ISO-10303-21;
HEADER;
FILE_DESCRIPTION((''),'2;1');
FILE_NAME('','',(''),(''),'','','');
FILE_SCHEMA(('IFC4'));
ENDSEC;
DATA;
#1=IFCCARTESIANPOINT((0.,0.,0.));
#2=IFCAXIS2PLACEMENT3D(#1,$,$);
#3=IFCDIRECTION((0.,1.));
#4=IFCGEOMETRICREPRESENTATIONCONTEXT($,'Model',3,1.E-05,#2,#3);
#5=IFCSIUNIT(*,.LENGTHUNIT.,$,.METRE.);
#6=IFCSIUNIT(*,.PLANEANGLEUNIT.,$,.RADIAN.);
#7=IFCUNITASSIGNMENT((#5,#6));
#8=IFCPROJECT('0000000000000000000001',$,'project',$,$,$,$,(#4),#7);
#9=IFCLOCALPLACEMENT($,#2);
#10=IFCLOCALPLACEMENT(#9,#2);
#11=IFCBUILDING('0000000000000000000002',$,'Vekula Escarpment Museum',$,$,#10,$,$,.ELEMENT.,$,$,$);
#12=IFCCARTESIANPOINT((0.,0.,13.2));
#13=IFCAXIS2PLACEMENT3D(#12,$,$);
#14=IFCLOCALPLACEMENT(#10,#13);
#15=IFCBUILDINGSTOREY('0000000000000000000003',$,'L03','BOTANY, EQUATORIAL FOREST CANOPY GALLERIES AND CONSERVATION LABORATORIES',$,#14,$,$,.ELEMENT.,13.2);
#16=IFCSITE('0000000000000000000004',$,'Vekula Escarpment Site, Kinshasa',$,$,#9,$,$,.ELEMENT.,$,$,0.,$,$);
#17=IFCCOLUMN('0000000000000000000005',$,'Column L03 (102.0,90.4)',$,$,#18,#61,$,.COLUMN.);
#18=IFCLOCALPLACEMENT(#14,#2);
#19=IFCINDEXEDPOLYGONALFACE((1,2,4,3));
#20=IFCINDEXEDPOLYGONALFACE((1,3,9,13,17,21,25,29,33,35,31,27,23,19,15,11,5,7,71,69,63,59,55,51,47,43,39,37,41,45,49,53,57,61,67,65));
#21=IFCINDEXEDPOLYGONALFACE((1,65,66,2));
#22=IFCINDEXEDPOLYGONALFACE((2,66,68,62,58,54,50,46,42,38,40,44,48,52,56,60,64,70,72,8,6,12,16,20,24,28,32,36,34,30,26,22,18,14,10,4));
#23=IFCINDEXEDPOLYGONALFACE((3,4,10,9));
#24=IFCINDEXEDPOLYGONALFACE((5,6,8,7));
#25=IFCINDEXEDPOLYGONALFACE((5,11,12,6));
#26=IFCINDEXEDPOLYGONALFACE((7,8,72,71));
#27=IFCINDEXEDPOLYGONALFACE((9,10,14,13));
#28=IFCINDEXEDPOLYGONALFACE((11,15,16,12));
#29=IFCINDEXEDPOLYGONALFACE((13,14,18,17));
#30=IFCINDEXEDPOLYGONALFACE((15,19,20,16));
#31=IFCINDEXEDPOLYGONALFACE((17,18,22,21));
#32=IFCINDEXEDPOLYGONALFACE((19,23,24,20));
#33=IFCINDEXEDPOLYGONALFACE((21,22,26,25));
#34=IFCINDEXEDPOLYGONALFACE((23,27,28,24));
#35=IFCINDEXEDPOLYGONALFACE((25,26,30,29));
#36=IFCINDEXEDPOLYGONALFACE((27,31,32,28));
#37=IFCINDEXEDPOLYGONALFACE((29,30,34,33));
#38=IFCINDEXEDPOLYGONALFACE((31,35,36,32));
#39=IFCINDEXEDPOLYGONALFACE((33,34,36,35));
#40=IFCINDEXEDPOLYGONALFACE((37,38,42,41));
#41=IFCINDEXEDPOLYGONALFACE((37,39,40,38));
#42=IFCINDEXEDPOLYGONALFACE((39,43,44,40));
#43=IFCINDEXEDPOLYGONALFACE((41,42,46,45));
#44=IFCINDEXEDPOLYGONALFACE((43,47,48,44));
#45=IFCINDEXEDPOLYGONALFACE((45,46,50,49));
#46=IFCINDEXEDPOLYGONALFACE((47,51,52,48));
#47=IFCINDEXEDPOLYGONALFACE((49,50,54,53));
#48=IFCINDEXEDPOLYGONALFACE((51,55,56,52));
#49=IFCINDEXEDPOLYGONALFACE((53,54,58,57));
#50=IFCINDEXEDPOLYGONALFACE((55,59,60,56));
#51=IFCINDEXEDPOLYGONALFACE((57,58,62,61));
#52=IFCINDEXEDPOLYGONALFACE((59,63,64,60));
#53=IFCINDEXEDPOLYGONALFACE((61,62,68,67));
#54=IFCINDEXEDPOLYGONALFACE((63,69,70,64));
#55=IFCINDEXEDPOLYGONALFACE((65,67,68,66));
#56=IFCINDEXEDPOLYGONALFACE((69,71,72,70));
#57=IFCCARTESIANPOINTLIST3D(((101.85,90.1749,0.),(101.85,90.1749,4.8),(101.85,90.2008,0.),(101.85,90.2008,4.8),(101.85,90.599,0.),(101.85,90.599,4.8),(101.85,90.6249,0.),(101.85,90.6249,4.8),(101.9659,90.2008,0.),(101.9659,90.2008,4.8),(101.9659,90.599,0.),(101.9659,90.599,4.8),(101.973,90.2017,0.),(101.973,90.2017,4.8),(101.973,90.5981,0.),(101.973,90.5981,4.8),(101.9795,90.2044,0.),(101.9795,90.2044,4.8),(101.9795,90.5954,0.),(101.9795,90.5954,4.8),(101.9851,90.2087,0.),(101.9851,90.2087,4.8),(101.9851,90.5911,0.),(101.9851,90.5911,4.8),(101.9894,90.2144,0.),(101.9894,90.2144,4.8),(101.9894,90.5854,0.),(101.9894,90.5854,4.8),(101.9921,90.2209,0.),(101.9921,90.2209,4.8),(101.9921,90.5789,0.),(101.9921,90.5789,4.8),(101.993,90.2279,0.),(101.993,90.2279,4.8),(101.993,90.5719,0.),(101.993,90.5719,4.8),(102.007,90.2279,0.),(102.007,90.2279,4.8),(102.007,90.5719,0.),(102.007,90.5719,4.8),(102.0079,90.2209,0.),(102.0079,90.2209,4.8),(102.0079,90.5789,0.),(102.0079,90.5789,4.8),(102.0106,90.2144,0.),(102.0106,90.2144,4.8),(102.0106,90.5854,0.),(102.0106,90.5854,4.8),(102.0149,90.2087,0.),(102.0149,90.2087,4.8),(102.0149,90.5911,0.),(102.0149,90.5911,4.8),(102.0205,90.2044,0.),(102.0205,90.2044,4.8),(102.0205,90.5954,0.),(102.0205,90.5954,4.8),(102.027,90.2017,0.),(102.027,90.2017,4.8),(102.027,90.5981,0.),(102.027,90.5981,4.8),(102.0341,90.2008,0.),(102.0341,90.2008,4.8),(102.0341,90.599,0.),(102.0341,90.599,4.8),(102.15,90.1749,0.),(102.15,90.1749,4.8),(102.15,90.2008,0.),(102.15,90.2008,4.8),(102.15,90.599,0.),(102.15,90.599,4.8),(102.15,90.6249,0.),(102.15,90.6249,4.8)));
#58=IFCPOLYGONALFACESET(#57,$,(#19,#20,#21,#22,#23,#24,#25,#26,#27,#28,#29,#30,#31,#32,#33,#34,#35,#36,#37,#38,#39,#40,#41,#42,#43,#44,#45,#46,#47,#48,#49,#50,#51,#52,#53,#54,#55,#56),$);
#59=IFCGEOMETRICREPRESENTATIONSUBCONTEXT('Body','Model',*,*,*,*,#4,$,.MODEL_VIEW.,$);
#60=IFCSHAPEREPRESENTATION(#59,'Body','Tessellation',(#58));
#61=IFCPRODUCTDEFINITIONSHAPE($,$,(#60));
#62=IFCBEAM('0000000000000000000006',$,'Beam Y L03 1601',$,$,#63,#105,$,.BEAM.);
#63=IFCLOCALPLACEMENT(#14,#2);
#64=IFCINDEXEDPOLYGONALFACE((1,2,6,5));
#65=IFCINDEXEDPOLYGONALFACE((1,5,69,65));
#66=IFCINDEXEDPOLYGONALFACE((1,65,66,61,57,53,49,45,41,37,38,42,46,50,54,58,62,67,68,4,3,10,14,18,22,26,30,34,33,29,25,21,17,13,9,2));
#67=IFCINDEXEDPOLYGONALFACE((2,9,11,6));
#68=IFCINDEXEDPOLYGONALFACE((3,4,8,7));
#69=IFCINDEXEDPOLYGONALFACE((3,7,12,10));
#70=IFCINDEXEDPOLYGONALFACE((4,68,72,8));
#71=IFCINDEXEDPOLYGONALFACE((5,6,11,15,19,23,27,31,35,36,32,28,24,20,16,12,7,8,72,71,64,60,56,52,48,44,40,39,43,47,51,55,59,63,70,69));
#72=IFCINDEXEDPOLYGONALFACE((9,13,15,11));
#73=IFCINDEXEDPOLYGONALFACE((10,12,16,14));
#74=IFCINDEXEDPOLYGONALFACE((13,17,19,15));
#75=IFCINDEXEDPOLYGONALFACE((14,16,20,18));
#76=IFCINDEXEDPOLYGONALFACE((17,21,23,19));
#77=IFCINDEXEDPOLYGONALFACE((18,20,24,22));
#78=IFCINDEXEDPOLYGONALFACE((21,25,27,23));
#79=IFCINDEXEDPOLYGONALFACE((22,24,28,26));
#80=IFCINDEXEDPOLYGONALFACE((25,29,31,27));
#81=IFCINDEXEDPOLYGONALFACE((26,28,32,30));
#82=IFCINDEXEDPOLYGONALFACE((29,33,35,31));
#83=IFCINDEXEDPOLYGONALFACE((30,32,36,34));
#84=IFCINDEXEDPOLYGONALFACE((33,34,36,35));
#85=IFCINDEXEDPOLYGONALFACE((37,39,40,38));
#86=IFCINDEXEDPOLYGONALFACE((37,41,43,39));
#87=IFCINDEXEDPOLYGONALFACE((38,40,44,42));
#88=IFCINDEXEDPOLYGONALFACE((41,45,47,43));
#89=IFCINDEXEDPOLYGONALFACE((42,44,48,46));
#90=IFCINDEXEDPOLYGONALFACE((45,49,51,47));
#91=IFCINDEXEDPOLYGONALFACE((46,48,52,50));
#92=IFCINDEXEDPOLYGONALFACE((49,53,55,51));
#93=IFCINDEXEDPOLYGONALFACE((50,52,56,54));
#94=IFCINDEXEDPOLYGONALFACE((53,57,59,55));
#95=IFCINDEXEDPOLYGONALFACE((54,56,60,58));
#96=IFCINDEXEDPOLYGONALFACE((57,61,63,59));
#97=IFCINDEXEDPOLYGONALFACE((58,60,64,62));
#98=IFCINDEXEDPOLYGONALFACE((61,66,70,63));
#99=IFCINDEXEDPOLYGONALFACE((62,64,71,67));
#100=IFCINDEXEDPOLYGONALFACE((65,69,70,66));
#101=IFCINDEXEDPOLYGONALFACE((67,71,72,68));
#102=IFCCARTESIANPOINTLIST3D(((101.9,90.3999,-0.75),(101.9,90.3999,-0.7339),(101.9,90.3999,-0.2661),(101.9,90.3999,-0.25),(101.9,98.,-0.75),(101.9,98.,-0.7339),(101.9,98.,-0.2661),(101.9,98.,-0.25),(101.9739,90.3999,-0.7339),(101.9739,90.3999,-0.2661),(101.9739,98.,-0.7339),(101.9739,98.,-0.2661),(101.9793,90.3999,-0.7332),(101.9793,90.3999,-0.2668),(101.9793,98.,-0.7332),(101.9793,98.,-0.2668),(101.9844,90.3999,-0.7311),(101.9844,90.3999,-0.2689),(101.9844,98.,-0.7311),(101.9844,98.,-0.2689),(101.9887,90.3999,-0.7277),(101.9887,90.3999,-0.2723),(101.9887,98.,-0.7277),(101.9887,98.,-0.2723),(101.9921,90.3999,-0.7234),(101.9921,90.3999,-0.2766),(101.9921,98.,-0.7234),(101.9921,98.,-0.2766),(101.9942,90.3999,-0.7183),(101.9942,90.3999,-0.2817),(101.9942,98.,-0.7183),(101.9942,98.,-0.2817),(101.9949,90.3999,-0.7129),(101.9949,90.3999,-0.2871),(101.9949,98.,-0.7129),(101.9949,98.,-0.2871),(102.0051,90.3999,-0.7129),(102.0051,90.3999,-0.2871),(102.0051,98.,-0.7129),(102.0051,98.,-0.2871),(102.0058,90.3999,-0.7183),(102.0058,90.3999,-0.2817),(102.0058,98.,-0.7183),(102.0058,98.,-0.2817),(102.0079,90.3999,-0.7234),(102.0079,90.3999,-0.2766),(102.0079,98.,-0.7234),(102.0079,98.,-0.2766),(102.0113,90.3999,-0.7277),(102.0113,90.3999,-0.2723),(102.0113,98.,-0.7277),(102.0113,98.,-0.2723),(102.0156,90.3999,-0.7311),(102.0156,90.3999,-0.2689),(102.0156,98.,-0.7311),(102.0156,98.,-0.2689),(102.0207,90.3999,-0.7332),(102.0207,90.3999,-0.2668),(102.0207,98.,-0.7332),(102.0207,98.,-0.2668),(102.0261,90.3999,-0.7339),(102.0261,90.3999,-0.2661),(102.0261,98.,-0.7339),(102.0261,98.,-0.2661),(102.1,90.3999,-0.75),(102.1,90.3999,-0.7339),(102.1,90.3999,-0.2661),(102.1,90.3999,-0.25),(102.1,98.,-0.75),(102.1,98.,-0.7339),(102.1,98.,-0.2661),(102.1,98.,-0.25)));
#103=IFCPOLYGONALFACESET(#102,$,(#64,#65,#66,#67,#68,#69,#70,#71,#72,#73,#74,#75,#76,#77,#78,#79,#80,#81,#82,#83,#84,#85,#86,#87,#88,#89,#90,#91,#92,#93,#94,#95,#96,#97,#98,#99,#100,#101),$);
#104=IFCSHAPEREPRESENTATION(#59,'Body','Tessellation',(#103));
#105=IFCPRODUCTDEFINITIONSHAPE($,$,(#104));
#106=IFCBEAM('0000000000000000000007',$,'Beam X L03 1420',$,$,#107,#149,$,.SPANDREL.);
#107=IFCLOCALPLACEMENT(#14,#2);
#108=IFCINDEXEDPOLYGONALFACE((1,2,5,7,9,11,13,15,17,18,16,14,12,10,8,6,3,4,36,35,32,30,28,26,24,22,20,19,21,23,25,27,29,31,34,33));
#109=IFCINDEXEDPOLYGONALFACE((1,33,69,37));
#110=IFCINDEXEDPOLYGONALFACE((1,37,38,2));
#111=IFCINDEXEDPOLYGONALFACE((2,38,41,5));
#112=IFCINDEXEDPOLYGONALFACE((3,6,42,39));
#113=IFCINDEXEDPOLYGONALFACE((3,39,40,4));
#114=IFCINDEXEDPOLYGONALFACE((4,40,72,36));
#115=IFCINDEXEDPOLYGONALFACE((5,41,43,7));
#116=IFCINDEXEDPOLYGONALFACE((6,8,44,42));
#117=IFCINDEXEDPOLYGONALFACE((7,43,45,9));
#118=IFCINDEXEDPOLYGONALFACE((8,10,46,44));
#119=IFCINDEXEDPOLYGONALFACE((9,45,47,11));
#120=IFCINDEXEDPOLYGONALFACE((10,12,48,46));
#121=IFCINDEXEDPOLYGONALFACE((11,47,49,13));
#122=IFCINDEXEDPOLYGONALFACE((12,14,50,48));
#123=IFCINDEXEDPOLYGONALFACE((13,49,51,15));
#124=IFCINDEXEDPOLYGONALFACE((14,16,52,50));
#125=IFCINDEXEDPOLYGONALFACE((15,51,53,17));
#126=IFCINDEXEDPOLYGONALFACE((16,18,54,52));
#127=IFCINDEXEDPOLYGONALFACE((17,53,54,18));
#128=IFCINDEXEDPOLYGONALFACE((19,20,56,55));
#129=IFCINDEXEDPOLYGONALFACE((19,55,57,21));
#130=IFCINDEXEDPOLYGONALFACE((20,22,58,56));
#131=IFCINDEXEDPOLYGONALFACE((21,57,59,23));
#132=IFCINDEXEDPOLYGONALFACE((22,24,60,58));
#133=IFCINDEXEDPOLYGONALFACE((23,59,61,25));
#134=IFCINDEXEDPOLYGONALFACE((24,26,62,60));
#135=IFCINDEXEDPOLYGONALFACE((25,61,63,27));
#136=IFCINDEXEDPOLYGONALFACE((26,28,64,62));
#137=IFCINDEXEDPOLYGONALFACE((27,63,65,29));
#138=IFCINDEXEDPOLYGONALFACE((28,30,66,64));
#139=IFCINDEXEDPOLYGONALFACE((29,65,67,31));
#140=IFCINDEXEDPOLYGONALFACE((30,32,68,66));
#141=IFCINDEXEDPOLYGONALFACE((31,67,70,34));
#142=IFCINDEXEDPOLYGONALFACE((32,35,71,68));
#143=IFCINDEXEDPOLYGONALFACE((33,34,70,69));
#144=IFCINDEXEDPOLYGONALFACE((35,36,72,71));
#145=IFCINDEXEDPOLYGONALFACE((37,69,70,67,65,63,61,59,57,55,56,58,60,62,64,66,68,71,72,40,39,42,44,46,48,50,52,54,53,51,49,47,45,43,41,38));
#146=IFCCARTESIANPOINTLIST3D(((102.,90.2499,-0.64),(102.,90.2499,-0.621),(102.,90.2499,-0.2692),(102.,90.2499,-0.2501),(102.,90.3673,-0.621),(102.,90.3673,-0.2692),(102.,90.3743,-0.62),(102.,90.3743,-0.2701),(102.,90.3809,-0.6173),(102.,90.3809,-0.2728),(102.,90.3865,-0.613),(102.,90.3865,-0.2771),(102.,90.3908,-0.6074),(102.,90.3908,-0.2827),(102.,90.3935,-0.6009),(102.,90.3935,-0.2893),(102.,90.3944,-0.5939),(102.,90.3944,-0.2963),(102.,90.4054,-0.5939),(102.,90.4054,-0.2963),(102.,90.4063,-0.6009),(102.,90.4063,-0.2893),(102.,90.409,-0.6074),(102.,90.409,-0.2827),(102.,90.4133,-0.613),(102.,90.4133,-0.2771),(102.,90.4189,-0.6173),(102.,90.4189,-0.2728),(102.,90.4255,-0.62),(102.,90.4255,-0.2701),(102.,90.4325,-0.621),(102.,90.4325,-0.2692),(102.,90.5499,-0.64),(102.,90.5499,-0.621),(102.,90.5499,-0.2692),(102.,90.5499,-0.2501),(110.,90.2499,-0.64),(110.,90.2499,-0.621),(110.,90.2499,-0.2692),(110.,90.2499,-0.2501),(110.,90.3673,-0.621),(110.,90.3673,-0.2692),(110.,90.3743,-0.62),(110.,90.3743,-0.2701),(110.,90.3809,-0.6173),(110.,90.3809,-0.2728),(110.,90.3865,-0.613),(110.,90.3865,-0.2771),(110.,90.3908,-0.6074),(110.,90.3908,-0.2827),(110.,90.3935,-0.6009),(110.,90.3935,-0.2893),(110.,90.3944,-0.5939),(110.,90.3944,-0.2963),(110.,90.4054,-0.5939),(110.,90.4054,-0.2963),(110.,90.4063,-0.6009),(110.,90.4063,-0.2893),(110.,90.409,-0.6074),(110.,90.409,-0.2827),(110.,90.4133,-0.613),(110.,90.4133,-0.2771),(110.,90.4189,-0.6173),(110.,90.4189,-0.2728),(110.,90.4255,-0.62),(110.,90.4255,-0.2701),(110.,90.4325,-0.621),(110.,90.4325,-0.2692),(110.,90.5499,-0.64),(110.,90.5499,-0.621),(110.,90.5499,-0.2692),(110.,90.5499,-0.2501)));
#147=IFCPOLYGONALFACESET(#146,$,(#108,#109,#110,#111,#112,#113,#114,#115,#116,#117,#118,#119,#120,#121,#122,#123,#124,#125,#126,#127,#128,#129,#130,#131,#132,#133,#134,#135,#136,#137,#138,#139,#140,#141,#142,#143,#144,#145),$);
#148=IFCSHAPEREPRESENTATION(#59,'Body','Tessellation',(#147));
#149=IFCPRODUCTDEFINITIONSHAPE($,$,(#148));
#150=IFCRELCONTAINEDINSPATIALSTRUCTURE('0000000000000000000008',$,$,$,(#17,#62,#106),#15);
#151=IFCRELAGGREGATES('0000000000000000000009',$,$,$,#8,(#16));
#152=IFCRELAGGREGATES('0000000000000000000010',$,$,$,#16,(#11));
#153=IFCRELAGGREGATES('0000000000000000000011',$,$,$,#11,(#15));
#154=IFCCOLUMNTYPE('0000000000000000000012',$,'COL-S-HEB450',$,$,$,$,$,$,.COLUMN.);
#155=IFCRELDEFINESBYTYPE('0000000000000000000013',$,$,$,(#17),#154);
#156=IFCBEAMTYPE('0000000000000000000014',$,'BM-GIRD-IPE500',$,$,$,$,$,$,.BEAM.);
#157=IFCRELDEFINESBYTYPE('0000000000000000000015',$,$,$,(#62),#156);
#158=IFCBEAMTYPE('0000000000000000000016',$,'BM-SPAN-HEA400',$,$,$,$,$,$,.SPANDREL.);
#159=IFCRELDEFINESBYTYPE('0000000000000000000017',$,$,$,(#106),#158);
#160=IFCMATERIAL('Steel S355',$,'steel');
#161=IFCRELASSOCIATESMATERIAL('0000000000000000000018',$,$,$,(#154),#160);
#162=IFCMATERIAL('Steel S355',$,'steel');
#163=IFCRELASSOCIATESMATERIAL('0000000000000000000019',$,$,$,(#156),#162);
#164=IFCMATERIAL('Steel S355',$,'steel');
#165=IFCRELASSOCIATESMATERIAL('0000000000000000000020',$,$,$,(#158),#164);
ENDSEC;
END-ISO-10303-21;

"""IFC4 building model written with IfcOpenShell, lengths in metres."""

from ifc_helpers import new_model, si_unit, direction, frame, origin, origin_2d, place, context, subcontext, project, spatial, i_section, extrude, material, material_profile, profile_set, type_object, element, save


model = new_model("IFC4")

# Units and contexts
model_context = context("Model", 3, precision=1e-05, world=origin(), true_north=direction((0.0, 1.0)))
body_context = subcontext(model_context, "Body", "Model", "MODEL_VIEW")
ifc_project = project(units=[si_unit("LENGTHUNIT", "METRE"), si_unit("PLANEANGLEUNIT", "RADIAN")], contexts=[model_context])

# Site, building, storey
site_placement = place(None, origin())
site = spatial("IfcSite", under=ifc_project, at=site_placement, Name="Vekula Escarpment Site, Kinshasa", CompositionType="ELEMENT", RefElevation=0.0)
building_placement = place(site_placement, origin())
building = spatial("IfcBuilding", under=site, at=building_placement, Name="Vekula Escarpment Museum", CompositionType="ELEMENT")
storey_placement = place(building_placement, frame((0.0, 0.0, 13.2)))
storey = spatial("IfcBuildingStorey", under=building, at=storey_placement, Name="L03", Description="BOTANY, EQUATORIAL FOREST CANOPY GALLERIES AND CONSERVATION LABORATORIES", CompositionType="ELEMENT", Elevation=13.2)

# Column
ifc_material_1 = material(Name="Steel S355", Category="steel")
ifc_material_profile_1 = material_profile(ifc_material_1, i_section(OverallWidth=0.3, OverallDepth=0.45, WebThickness=0.0139, FlangeThickness=0.0259, FilletRadius=0.0271, at=origin_2d()), Name="HEB 450")
ifc_profile_set_1 = profile_set([ifc_material_profile_1], Name="Steel S355")
column_type = type_object("IfcColumnType", Name="COL-S-HEB450", PredefinedType="COLUMN", material=ifc_profile_set_1)
column_placement = place(storey_placement, frame((102.0, 90.3999, 0.0), z_axis=(0.0, 0.0, 1.0), x_axis=(1.0, 0.0, 0.0)))
element("IfcColumn", 1, at=column_placement, inside=storey, type_object=column_type, Name="Column L03 (102.0,90.4)", PredefinedType="COLUMN", context=body_context, shape_type="SweptSolid", body=[
    extrude(i_section(OverallWidth=0.3, OverallDepth=0.45, WebThickness=0.0139, FlangeThickness=0.0259, FilletRadius=0.0271, at=origin_2d()), origin(), (0.0, 0.0, 1.0), 4.8),
])

# Beams
ifc_material_2 = material(Name="Steel S355", Category="steel")
ifc_material_profile_2 = material_profile(ifc_material_2, i_section(OverallWidth=0.2, OverallDepth=0.5, WebThickness=0.0103, FlangeThickness=0.0161, FilletRadius=0.021, at=origin_2d()), Name="IPE 500")
ifc_profile_set_2 = profile_set([ifc_material_profile_2], Name="Steel S355")
beam_type_1 = type_object("IfcBeamType", Name="BM-GIRD-IPE500", PredefinedType="BEAM", material=ifc_profile_set_2)
beam_1_placement = place(storey_placement, frame((102.0, 90.3999, -0.5), z_axis=(0.0, 1.0, 0.0), x_axis=(-1.0, 0.0, 0.0)))
element("IfcBeam", 2, at=beam_1_placement, inside=storey, type_object=beam_type_1, Name="Beam Y L03 1601", PredefinedType="BEAM", context=body_context, shape_type="SweptSolid", body=[
    extrude(i_section(OverallWidth=0.2, OverallDepth=0.5, WebThickness=0.0103, FlangeThickness=0.0161, FilletRadius=0.021, at=origin_2d()), origin(), (0.0, 0.0, 1.0), 7.6001),
])
ifc_material_3 = material(Name="Steel S355", Category="steel")
ifc_material_profile_3 = material_profile(ifc_material_3, i_section(OverallWidth=0.3, OverallDepth=0.3899, WebThickness=0.011, FlangeThickness=0.019, FilletRadius=0.0271, at=origin_2d()), Name="HEA 400")
ifc_profile_set_3 = profile_set([ifc_material_profile_3], Name="Steel S355")
beam_type_2 = type_object("IfcBeamType", Name="BM-SPAN-HEA400", PredefinedType="SPANDREL", material=ifc_profile_set_3)
beam_2_placement = place(storey_placement, frame((102.0, 90.3999, -0.4451), z_axis=(1.0, 0.0, 0.0), x_axis=(0.0, 1.0, 0.0)))
element("IfcBeam", 3, at=beam_2_placement, inside=storey, type_object=beam_type_2, Name="Beam X L03 1420", PredefinedType="SPANDREL", context=body_context, shape_type="SweptSolid", body=[
    extrude(i_section(OverallWidth=0.3, OverallDepth=0.3899, WebThickness=0.011, FlangeThickness=0.019, FilletRadius=0.0271, at=origin_2d()), origin(), (0.0, 0.0, 1.0), 8.0),
])

save(model, "model.ifc")
